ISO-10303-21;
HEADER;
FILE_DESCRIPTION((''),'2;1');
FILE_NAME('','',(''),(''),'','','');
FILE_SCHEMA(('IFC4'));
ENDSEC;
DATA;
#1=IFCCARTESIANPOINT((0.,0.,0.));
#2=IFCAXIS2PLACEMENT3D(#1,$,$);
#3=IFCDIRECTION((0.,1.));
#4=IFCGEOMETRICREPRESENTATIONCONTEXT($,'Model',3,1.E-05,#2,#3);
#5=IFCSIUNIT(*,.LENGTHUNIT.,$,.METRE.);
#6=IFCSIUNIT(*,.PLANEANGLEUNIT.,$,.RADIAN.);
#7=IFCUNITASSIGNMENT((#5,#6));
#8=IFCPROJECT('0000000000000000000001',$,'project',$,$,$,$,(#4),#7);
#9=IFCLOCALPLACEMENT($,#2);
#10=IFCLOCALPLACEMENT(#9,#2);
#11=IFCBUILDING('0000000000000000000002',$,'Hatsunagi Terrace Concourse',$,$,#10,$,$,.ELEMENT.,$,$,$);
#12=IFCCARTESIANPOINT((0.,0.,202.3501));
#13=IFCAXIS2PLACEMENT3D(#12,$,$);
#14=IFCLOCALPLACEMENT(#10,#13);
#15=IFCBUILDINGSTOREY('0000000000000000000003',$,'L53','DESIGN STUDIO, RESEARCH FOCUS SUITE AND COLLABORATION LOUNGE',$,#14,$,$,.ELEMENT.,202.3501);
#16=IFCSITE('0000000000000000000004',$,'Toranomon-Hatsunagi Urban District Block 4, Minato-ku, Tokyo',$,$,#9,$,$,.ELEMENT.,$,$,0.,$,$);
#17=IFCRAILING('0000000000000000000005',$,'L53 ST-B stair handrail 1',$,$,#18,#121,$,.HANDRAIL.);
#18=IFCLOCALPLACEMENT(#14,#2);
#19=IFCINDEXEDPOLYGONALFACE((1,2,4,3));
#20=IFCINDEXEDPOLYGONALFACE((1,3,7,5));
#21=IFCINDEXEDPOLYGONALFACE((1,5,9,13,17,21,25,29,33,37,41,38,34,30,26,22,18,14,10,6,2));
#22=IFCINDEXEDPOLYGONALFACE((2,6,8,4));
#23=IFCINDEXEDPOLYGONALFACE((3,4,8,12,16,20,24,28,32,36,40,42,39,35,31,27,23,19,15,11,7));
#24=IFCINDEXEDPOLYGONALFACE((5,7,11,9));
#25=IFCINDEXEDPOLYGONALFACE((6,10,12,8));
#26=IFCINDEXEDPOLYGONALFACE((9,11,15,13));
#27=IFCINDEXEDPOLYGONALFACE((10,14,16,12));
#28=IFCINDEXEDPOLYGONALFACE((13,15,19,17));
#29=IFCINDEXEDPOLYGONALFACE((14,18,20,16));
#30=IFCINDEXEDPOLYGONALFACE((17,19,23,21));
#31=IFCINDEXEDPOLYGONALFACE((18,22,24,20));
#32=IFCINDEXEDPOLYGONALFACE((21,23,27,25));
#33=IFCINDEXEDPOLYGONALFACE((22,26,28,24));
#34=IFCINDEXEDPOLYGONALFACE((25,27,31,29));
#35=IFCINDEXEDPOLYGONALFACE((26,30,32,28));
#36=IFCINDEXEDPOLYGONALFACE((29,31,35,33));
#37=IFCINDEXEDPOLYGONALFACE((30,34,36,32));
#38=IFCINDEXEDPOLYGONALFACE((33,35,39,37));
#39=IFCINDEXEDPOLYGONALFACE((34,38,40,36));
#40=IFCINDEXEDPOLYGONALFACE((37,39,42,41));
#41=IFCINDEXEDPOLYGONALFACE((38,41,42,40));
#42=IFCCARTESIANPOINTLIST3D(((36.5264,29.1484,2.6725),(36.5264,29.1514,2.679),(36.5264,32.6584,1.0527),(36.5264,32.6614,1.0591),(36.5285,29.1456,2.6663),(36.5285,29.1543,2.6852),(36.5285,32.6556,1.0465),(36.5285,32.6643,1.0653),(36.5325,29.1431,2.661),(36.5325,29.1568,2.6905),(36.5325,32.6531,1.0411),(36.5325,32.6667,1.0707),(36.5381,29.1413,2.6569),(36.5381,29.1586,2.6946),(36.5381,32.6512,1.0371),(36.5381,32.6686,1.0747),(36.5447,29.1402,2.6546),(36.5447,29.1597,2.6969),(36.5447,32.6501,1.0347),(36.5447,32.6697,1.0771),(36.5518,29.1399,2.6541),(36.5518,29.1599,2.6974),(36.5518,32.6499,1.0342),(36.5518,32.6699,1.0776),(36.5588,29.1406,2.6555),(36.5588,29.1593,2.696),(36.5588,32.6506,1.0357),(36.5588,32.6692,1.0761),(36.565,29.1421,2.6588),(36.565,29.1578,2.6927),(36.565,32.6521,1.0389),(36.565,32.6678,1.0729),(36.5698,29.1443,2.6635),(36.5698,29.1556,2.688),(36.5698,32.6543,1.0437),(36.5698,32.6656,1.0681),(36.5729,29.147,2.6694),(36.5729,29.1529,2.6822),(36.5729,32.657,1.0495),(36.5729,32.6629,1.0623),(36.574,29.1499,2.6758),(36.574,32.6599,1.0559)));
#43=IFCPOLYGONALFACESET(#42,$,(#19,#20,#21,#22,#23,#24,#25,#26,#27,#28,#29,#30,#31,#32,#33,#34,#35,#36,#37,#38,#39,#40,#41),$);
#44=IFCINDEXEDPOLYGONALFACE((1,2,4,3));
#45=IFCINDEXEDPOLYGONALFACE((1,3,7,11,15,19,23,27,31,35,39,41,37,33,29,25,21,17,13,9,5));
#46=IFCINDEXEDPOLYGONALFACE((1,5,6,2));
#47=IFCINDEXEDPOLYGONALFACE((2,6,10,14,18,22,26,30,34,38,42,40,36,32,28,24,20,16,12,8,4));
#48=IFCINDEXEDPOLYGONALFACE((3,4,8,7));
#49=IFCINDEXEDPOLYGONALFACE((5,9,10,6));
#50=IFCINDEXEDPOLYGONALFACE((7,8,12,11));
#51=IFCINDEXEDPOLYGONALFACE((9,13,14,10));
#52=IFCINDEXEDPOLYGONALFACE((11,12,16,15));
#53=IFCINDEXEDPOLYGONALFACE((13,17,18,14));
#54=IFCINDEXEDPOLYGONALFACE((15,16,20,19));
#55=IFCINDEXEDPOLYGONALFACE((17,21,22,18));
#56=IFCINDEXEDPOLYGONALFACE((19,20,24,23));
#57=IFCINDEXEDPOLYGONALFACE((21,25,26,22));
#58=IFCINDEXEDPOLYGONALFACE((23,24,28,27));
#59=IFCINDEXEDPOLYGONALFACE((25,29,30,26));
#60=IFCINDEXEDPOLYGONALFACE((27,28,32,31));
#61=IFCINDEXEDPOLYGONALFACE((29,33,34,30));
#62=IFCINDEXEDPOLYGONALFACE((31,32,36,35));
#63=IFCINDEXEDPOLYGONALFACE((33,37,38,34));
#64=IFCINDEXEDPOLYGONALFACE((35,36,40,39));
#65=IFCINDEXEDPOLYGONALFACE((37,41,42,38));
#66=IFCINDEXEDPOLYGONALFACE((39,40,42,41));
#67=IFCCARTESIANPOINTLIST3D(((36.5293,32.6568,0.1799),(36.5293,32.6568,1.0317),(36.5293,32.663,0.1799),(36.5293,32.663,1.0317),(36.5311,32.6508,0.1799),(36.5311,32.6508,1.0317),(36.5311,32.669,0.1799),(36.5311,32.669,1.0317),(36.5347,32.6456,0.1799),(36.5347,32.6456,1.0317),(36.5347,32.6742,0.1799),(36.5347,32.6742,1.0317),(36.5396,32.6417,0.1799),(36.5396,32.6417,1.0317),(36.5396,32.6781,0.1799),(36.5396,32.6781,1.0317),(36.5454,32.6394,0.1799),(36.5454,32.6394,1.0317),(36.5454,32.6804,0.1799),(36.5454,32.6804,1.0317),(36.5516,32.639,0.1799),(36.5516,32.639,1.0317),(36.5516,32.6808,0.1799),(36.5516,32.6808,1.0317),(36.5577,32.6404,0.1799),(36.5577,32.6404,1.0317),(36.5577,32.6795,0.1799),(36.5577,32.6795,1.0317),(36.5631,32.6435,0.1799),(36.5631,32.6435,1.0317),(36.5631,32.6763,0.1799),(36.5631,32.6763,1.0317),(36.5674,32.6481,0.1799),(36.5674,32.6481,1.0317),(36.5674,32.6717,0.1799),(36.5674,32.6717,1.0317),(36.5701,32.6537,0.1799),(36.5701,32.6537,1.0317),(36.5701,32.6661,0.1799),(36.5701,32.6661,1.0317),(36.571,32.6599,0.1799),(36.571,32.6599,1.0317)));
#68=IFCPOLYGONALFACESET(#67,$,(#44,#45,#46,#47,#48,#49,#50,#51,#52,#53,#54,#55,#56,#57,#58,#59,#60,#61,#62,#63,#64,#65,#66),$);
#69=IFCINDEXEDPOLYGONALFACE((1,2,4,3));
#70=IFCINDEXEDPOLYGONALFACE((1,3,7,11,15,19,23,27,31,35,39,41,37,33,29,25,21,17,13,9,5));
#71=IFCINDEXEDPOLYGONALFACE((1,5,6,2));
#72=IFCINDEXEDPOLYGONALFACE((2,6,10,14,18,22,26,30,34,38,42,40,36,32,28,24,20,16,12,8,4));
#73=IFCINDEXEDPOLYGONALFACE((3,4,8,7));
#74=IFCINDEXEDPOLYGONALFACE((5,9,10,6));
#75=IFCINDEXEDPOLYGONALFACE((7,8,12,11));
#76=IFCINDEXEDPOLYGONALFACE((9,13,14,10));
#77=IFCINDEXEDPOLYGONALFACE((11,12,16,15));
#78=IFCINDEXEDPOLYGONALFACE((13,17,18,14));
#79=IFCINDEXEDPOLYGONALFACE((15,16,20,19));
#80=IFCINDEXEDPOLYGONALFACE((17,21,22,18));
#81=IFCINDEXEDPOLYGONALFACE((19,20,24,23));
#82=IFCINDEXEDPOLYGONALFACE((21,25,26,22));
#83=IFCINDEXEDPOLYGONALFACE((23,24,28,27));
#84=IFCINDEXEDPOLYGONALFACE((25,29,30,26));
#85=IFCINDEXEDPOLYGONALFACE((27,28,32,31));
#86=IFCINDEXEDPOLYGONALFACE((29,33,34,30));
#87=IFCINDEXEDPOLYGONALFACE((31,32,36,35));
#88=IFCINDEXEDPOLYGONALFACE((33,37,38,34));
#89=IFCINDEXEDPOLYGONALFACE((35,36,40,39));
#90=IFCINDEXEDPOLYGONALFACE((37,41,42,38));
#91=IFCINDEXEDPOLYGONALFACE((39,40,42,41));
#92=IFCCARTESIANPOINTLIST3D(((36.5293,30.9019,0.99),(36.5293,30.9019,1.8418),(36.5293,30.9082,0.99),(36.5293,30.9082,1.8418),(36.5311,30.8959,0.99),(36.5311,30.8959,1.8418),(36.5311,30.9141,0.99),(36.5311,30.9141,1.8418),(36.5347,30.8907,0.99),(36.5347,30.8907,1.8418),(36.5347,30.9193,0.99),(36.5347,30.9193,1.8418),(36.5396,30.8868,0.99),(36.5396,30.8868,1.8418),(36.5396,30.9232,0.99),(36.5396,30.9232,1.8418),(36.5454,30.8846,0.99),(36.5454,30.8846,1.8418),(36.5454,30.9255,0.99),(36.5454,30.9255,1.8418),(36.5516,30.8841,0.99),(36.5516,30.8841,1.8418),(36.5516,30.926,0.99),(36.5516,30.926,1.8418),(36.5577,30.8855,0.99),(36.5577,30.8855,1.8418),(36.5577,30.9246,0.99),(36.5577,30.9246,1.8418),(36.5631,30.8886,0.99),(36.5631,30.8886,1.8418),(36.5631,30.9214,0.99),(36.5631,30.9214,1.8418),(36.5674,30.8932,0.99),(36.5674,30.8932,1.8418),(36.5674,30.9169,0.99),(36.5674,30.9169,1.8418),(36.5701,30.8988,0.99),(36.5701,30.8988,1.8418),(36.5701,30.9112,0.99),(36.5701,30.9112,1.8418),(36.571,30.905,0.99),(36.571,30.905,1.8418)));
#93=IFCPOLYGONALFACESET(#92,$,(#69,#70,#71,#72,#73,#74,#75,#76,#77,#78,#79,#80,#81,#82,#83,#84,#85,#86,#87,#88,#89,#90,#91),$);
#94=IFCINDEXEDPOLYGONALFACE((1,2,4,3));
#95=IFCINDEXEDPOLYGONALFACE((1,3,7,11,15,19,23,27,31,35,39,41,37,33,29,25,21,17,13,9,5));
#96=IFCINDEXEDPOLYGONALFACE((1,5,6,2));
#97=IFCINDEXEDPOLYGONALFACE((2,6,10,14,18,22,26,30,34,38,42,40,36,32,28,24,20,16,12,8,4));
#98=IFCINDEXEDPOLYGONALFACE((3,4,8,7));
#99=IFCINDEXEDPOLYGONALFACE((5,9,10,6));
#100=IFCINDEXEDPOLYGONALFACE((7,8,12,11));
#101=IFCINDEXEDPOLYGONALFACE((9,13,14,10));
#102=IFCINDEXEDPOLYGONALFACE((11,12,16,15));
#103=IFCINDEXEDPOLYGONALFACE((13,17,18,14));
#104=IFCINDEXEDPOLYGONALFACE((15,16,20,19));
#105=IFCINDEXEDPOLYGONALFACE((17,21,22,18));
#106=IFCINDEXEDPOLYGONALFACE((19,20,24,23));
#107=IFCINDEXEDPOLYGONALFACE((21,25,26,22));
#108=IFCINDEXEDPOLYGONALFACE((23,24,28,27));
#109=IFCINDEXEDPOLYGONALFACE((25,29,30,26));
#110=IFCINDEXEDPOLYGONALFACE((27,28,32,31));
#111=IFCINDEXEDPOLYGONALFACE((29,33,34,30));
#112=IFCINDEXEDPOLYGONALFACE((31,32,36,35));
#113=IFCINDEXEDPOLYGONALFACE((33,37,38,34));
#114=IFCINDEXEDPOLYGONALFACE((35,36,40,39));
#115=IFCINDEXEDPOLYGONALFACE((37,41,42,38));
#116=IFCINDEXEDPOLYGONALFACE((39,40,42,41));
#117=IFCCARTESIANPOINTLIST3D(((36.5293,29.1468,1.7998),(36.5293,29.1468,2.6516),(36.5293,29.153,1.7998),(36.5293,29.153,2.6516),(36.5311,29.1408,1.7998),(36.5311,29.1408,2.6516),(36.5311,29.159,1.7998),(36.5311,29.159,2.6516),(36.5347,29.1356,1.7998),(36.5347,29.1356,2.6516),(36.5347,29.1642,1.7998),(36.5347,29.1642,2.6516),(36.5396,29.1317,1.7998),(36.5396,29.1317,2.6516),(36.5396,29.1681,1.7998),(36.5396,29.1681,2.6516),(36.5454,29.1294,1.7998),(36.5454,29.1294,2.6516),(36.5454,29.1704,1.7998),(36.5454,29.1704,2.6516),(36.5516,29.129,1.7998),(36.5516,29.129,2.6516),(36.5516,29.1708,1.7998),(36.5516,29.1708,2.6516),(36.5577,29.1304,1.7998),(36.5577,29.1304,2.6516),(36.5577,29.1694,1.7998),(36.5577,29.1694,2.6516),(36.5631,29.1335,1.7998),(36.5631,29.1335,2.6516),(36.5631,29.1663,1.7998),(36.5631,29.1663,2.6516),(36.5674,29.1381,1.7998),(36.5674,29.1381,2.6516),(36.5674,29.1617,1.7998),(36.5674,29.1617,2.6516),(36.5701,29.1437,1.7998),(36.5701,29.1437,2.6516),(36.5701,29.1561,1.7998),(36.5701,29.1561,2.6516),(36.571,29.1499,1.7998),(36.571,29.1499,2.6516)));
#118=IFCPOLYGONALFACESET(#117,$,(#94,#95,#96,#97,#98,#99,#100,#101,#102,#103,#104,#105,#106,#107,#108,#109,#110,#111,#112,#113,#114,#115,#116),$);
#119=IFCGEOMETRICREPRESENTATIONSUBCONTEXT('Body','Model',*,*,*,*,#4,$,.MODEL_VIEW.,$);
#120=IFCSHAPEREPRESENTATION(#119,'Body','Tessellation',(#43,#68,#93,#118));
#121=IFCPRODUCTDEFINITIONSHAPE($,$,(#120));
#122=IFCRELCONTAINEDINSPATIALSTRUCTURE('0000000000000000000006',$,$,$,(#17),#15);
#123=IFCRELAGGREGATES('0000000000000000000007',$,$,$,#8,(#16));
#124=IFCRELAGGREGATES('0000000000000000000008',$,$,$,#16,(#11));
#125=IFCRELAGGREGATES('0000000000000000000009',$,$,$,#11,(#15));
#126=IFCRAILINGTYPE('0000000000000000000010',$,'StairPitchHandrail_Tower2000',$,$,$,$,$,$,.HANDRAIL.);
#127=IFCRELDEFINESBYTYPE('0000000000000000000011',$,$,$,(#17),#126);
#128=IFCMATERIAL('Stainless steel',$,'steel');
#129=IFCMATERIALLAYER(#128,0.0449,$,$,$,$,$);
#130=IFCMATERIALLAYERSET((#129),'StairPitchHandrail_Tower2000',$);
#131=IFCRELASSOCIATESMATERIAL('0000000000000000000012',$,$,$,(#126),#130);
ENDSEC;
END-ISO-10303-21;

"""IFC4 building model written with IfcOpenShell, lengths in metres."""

from ifc_helpers import new_model, si_unit, direction, frame, origin, origin_2d, place, context, subcontext, project, spatial, circle, extrude, material, layer, layer_set, type_object, element, save


model = new_model("IFC4")

# Units and contexts
model_context = context("Model", 3, precision=1e-05, world=origin(), true_north=direction((0.0, 1.0)))
body_context = subcontext(model_context, "Body", "Model", "MODEL_VIEW")
ifc_project = project(units=[si_unit("LENGTHUNIT", "METRE"), si_unit("PLANEANGLEUNIT", "RADIAN")], contexts=[model_context])

# Site, building, storey
site_placement = place(None, origin())
site = spatial("IfcSite", under=ifc_project, at=site_placement, Name="Toranomon-Hatsunagi Urban District Block 4, Minato-ku, Tokyo", CompositionType="ELEMENT", RefElevation=0.0)
building_placement = place(site_placement, origin())
building = spatial("IfcBuilding", under=site, at=building_placement, Name="Hatsunagi Terrace Concourse", CompositionType="ELEMENT")
storey_placement = place(building_placement, frame((0.0, 0.0, 202.3501)))
storey = spatial("IfcBuildingStorey", under=building, at=storey_placement, Name="L53", Description="DESIGN STUDIO, RESEARCH FOCUS SUITE AND COLLABORATION LOUNGE", CompositionType="ELEMENT", Elevation=202.3501)

# Railing
ifc_material_1 = material(Name="Stainless steel", Category="steel")
ifc_layer_1 = layer(ifc_material_1, 0.0449)
ifc_layer_set_1 = layer_set([ifc_layer_1], Name="StairPitchHandrail_Tower2000")
railing_type_1 = type_object("IfcRailingType", Name="StairPitchHandrail_Tower2000", PredefinedType="HANDRAIL", material=ifc_layer_set_1)
railing_1_placement = place(storey_placement, frame((36.55, 32.6599, 0.1799)))
element("IfcRailing", 1, at=railing_1_placement, inside=storey, type_object=railing_type_1, Name="L53 ST-B stair handrail 1", PredefinedType="HANDRAIL", context=body_context, shape_type="SweptSolid", body=[
    extrude(circle(Radius=0.0239, at=origin_2d()), frame((0.0, 0.0, 0.876), z_axis=(0.0, -0.907972, 0.41903), x_axis=(1.0, 0.0, 0.0)), (0.0, 0.0, 1.0), 3.8657),
    extrude(circle(Radius=0.021, at=origin_2d()), origin(), (0.0, 0.0, 1.0), 0.8518),
    extrude(circle(Radius=0.021, at=origin_2d()), frame((0.0, -1.7549, 0.8101)), (0.0, 0.0, 1.0), 0.8518),
    extrude(circle(Radius=0.021, at=origin_2d()), frame((0.0, -3.51, 1.6199)), (0.0, 0.0, 1.0), 0.8518),
])

save(model, "model.ifc")
